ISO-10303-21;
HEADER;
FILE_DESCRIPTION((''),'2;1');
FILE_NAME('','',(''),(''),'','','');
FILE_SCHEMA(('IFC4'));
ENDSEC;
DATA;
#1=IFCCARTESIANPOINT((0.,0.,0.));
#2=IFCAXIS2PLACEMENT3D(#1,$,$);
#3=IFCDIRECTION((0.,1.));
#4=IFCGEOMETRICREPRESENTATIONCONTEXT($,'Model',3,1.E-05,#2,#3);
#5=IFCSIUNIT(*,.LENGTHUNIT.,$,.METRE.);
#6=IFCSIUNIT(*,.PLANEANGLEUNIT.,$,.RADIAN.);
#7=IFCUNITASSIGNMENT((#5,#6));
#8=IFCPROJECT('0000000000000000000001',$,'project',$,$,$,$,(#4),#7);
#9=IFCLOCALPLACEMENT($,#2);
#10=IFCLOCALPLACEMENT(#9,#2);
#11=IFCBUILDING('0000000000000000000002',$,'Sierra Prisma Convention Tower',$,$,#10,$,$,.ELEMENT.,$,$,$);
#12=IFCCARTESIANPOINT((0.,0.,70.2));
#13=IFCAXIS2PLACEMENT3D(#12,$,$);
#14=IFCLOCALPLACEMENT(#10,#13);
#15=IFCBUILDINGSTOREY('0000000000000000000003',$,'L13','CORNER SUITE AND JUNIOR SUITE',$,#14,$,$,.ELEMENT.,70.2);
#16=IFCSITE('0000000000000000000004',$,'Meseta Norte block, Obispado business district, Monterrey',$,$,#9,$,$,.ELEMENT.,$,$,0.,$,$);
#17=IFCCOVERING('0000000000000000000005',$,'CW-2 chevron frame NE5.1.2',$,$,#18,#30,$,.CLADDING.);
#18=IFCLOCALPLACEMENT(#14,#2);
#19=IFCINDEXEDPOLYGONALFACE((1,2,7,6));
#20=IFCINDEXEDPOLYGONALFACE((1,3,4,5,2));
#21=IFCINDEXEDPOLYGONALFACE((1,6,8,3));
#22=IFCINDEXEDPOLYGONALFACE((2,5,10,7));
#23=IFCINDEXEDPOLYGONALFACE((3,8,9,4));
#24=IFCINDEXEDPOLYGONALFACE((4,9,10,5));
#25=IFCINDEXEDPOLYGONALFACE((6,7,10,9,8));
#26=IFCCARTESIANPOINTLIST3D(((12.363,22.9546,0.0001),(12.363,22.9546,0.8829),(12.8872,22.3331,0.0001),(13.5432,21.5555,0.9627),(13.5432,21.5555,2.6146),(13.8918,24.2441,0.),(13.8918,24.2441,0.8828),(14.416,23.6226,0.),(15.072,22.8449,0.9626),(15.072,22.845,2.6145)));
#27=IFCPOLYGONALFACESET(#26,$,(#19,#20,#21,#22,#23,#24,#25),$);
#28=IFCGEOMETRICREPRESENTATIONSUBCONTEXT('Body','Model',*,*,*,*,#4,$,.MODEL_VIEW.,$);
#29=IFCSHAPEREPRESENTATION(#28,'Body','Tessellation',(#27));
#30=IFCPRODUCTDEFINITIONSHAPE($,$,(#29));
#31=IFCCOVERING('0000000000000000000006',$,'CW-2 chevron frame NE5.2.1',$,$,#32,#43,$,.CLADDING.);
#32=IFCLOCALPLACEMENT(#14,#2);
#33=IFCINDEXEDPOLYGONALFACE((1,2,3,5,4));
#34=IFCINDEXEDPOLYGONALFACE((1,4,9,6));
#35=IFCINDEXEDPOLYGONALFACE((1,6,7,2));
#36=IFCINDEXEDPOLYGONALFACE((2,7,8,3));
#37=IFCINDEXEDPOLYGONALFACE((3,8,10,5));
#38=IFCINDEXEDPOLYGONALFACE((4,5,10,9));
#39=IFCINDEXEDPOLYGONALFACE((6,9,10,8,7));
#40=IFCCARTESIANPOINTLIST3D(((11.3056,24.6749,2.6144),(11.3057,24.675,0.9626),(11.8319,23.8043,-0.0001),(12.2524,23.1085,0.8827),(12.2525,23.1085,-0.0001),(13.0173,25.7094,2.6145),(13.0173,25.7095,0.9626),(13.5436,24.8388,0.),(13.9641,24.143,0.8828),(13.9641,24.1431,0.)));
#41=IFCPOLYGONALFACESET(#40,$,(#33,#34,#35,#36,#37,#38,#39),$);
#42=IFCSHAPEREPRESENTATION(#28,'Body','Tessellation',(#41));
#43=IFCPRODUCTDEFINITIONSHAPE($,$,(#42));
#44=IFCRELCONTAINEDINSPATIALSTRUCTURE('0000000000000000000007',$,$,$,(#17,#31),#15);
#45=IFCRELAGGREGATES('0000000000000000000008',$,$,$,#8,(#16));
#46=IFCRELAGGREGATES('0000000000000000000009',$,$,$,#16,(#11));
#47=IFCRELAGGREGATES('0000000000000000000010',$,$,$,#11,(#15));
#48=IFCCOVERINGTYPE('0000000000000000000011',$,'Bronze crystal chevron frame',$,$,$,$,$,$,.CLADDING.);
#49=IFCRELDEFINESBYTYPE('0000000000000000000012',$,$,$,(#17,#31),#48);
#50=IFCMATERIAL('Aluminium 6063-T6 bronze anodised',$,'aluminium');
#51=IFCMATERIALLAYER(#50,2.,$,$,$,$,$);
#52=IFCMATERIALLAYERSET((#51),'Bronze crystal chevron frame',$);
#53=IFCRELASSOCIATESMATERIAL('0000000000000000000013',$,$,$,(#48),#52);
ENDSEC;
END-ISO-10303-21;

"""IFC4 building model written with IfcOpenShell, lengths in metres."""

from ifc_helpers import new_model, si_unit, direction, frame, origin, place, context, subcontext, project, spatial, polyline, outline, extrude, material, layer, layer_set, type_object, element, save


model = new_model("IFC4")

# Units and contexts
model_context = context("Model", 3, precision=1e-05, world=origin(), true_north=direction((0.0, 1.0)))
body_context = subcontext(model_context, "Body", "Model", "MODEL_VIEW")
ifc_project = project(units=[si_unit("LENGTHUNIT", "METRE"), si_unit("PLANEANGLEUNIT", "RADIAN")], contexts=[model_context])

# Site, building, storey
site_placement = place(None, origin())
site = spatial("IfcSite", under=ifc_project, at=site_placement, Name="Meseta Norte block, Obispado business district, Monterrey", CompositionType="ELEMENT", RefElevation=0.0)
building_placement = place(site_placement, origin())
building = spatial("IfcBuilding", under=site, at=building_placement, Name="Sierra Prisma Convention Tower", CompositionType="ELEMENT")
storey_placement = place(building_placement, frame((0.0, 0.0, 70.2)))
storey = spatial("IfcBuildingStorey", under=building, at=storey_placement, Name="L13", Description="CORNER SUITE AND JUNIOR SUITE", CompositionType="ELEMENT", Elevation=70.2)

# Coverings
ifc_material_1 = material(Name="Aluminium 6063-T6 bronze anodised", Category="aluminium")
ifc_layer_1 = layer(ifc_material_1, 2.0)
ifc_layer_set_1 = layer_set([ifc_layer_1], Name="Bronze crystal chevron frame")
covering_type = type_object("IfcCoveringType", Name="Bronze crystal chevron frame", PredefinedType="CLADDING", material=ifc_layer_set_1)
covering_1_placement = place(storey_placement, frame((15.072, 22.845, 2.6145), z_axis=(0.764403, 0.644739, -0.000032), x_axis=(-0.000024, -0.000021, -1.0)))
element("IfcCovering", 1, at=covering_1_placement, inside=storey, type_object=covering_type, Name="CW-2 chevron frame NE5.1.2", PredefinedType="CLADDING", context=body_context, shape_type="SweptSolid", body=[
    extrude(outline(polyline([(0.0, 0.0), (1.6519, 0.0), (2.6145, 1.0173), (2.6145, 1.8304), (1.7317, 1.8304), (0.0, 0.0)])), origin(), (0.0, 0.0, -1.0), 2.0),
])
covering_2_placement = place(storey_placement, frame((13.9641, 24.1431, 0.0), z_axis=(0.855829, 0.517259, 0.000043), x_axis=(-0.517259, 0.855829, 0.0)))
element("IfcCovering", 2, at=covering_2_placement, inside=storey, type_object=covering_type, Name="CW-2 chevron frame NE5.2.1", PredefinedType="CLADDING", context=body_context, shape_type="SweptSolid", body=[
    extrude(outline(polyline([(0.0, 0.0), (0.8129, 0.0), (1.8303, 0.9626), (1.8303, 2.6145), (0.0, 0.8828), (0.0, 0.0)])), origin(), (0.0, 0.0, -1.0), 2.0),
])

save(model, "model.ifc")
